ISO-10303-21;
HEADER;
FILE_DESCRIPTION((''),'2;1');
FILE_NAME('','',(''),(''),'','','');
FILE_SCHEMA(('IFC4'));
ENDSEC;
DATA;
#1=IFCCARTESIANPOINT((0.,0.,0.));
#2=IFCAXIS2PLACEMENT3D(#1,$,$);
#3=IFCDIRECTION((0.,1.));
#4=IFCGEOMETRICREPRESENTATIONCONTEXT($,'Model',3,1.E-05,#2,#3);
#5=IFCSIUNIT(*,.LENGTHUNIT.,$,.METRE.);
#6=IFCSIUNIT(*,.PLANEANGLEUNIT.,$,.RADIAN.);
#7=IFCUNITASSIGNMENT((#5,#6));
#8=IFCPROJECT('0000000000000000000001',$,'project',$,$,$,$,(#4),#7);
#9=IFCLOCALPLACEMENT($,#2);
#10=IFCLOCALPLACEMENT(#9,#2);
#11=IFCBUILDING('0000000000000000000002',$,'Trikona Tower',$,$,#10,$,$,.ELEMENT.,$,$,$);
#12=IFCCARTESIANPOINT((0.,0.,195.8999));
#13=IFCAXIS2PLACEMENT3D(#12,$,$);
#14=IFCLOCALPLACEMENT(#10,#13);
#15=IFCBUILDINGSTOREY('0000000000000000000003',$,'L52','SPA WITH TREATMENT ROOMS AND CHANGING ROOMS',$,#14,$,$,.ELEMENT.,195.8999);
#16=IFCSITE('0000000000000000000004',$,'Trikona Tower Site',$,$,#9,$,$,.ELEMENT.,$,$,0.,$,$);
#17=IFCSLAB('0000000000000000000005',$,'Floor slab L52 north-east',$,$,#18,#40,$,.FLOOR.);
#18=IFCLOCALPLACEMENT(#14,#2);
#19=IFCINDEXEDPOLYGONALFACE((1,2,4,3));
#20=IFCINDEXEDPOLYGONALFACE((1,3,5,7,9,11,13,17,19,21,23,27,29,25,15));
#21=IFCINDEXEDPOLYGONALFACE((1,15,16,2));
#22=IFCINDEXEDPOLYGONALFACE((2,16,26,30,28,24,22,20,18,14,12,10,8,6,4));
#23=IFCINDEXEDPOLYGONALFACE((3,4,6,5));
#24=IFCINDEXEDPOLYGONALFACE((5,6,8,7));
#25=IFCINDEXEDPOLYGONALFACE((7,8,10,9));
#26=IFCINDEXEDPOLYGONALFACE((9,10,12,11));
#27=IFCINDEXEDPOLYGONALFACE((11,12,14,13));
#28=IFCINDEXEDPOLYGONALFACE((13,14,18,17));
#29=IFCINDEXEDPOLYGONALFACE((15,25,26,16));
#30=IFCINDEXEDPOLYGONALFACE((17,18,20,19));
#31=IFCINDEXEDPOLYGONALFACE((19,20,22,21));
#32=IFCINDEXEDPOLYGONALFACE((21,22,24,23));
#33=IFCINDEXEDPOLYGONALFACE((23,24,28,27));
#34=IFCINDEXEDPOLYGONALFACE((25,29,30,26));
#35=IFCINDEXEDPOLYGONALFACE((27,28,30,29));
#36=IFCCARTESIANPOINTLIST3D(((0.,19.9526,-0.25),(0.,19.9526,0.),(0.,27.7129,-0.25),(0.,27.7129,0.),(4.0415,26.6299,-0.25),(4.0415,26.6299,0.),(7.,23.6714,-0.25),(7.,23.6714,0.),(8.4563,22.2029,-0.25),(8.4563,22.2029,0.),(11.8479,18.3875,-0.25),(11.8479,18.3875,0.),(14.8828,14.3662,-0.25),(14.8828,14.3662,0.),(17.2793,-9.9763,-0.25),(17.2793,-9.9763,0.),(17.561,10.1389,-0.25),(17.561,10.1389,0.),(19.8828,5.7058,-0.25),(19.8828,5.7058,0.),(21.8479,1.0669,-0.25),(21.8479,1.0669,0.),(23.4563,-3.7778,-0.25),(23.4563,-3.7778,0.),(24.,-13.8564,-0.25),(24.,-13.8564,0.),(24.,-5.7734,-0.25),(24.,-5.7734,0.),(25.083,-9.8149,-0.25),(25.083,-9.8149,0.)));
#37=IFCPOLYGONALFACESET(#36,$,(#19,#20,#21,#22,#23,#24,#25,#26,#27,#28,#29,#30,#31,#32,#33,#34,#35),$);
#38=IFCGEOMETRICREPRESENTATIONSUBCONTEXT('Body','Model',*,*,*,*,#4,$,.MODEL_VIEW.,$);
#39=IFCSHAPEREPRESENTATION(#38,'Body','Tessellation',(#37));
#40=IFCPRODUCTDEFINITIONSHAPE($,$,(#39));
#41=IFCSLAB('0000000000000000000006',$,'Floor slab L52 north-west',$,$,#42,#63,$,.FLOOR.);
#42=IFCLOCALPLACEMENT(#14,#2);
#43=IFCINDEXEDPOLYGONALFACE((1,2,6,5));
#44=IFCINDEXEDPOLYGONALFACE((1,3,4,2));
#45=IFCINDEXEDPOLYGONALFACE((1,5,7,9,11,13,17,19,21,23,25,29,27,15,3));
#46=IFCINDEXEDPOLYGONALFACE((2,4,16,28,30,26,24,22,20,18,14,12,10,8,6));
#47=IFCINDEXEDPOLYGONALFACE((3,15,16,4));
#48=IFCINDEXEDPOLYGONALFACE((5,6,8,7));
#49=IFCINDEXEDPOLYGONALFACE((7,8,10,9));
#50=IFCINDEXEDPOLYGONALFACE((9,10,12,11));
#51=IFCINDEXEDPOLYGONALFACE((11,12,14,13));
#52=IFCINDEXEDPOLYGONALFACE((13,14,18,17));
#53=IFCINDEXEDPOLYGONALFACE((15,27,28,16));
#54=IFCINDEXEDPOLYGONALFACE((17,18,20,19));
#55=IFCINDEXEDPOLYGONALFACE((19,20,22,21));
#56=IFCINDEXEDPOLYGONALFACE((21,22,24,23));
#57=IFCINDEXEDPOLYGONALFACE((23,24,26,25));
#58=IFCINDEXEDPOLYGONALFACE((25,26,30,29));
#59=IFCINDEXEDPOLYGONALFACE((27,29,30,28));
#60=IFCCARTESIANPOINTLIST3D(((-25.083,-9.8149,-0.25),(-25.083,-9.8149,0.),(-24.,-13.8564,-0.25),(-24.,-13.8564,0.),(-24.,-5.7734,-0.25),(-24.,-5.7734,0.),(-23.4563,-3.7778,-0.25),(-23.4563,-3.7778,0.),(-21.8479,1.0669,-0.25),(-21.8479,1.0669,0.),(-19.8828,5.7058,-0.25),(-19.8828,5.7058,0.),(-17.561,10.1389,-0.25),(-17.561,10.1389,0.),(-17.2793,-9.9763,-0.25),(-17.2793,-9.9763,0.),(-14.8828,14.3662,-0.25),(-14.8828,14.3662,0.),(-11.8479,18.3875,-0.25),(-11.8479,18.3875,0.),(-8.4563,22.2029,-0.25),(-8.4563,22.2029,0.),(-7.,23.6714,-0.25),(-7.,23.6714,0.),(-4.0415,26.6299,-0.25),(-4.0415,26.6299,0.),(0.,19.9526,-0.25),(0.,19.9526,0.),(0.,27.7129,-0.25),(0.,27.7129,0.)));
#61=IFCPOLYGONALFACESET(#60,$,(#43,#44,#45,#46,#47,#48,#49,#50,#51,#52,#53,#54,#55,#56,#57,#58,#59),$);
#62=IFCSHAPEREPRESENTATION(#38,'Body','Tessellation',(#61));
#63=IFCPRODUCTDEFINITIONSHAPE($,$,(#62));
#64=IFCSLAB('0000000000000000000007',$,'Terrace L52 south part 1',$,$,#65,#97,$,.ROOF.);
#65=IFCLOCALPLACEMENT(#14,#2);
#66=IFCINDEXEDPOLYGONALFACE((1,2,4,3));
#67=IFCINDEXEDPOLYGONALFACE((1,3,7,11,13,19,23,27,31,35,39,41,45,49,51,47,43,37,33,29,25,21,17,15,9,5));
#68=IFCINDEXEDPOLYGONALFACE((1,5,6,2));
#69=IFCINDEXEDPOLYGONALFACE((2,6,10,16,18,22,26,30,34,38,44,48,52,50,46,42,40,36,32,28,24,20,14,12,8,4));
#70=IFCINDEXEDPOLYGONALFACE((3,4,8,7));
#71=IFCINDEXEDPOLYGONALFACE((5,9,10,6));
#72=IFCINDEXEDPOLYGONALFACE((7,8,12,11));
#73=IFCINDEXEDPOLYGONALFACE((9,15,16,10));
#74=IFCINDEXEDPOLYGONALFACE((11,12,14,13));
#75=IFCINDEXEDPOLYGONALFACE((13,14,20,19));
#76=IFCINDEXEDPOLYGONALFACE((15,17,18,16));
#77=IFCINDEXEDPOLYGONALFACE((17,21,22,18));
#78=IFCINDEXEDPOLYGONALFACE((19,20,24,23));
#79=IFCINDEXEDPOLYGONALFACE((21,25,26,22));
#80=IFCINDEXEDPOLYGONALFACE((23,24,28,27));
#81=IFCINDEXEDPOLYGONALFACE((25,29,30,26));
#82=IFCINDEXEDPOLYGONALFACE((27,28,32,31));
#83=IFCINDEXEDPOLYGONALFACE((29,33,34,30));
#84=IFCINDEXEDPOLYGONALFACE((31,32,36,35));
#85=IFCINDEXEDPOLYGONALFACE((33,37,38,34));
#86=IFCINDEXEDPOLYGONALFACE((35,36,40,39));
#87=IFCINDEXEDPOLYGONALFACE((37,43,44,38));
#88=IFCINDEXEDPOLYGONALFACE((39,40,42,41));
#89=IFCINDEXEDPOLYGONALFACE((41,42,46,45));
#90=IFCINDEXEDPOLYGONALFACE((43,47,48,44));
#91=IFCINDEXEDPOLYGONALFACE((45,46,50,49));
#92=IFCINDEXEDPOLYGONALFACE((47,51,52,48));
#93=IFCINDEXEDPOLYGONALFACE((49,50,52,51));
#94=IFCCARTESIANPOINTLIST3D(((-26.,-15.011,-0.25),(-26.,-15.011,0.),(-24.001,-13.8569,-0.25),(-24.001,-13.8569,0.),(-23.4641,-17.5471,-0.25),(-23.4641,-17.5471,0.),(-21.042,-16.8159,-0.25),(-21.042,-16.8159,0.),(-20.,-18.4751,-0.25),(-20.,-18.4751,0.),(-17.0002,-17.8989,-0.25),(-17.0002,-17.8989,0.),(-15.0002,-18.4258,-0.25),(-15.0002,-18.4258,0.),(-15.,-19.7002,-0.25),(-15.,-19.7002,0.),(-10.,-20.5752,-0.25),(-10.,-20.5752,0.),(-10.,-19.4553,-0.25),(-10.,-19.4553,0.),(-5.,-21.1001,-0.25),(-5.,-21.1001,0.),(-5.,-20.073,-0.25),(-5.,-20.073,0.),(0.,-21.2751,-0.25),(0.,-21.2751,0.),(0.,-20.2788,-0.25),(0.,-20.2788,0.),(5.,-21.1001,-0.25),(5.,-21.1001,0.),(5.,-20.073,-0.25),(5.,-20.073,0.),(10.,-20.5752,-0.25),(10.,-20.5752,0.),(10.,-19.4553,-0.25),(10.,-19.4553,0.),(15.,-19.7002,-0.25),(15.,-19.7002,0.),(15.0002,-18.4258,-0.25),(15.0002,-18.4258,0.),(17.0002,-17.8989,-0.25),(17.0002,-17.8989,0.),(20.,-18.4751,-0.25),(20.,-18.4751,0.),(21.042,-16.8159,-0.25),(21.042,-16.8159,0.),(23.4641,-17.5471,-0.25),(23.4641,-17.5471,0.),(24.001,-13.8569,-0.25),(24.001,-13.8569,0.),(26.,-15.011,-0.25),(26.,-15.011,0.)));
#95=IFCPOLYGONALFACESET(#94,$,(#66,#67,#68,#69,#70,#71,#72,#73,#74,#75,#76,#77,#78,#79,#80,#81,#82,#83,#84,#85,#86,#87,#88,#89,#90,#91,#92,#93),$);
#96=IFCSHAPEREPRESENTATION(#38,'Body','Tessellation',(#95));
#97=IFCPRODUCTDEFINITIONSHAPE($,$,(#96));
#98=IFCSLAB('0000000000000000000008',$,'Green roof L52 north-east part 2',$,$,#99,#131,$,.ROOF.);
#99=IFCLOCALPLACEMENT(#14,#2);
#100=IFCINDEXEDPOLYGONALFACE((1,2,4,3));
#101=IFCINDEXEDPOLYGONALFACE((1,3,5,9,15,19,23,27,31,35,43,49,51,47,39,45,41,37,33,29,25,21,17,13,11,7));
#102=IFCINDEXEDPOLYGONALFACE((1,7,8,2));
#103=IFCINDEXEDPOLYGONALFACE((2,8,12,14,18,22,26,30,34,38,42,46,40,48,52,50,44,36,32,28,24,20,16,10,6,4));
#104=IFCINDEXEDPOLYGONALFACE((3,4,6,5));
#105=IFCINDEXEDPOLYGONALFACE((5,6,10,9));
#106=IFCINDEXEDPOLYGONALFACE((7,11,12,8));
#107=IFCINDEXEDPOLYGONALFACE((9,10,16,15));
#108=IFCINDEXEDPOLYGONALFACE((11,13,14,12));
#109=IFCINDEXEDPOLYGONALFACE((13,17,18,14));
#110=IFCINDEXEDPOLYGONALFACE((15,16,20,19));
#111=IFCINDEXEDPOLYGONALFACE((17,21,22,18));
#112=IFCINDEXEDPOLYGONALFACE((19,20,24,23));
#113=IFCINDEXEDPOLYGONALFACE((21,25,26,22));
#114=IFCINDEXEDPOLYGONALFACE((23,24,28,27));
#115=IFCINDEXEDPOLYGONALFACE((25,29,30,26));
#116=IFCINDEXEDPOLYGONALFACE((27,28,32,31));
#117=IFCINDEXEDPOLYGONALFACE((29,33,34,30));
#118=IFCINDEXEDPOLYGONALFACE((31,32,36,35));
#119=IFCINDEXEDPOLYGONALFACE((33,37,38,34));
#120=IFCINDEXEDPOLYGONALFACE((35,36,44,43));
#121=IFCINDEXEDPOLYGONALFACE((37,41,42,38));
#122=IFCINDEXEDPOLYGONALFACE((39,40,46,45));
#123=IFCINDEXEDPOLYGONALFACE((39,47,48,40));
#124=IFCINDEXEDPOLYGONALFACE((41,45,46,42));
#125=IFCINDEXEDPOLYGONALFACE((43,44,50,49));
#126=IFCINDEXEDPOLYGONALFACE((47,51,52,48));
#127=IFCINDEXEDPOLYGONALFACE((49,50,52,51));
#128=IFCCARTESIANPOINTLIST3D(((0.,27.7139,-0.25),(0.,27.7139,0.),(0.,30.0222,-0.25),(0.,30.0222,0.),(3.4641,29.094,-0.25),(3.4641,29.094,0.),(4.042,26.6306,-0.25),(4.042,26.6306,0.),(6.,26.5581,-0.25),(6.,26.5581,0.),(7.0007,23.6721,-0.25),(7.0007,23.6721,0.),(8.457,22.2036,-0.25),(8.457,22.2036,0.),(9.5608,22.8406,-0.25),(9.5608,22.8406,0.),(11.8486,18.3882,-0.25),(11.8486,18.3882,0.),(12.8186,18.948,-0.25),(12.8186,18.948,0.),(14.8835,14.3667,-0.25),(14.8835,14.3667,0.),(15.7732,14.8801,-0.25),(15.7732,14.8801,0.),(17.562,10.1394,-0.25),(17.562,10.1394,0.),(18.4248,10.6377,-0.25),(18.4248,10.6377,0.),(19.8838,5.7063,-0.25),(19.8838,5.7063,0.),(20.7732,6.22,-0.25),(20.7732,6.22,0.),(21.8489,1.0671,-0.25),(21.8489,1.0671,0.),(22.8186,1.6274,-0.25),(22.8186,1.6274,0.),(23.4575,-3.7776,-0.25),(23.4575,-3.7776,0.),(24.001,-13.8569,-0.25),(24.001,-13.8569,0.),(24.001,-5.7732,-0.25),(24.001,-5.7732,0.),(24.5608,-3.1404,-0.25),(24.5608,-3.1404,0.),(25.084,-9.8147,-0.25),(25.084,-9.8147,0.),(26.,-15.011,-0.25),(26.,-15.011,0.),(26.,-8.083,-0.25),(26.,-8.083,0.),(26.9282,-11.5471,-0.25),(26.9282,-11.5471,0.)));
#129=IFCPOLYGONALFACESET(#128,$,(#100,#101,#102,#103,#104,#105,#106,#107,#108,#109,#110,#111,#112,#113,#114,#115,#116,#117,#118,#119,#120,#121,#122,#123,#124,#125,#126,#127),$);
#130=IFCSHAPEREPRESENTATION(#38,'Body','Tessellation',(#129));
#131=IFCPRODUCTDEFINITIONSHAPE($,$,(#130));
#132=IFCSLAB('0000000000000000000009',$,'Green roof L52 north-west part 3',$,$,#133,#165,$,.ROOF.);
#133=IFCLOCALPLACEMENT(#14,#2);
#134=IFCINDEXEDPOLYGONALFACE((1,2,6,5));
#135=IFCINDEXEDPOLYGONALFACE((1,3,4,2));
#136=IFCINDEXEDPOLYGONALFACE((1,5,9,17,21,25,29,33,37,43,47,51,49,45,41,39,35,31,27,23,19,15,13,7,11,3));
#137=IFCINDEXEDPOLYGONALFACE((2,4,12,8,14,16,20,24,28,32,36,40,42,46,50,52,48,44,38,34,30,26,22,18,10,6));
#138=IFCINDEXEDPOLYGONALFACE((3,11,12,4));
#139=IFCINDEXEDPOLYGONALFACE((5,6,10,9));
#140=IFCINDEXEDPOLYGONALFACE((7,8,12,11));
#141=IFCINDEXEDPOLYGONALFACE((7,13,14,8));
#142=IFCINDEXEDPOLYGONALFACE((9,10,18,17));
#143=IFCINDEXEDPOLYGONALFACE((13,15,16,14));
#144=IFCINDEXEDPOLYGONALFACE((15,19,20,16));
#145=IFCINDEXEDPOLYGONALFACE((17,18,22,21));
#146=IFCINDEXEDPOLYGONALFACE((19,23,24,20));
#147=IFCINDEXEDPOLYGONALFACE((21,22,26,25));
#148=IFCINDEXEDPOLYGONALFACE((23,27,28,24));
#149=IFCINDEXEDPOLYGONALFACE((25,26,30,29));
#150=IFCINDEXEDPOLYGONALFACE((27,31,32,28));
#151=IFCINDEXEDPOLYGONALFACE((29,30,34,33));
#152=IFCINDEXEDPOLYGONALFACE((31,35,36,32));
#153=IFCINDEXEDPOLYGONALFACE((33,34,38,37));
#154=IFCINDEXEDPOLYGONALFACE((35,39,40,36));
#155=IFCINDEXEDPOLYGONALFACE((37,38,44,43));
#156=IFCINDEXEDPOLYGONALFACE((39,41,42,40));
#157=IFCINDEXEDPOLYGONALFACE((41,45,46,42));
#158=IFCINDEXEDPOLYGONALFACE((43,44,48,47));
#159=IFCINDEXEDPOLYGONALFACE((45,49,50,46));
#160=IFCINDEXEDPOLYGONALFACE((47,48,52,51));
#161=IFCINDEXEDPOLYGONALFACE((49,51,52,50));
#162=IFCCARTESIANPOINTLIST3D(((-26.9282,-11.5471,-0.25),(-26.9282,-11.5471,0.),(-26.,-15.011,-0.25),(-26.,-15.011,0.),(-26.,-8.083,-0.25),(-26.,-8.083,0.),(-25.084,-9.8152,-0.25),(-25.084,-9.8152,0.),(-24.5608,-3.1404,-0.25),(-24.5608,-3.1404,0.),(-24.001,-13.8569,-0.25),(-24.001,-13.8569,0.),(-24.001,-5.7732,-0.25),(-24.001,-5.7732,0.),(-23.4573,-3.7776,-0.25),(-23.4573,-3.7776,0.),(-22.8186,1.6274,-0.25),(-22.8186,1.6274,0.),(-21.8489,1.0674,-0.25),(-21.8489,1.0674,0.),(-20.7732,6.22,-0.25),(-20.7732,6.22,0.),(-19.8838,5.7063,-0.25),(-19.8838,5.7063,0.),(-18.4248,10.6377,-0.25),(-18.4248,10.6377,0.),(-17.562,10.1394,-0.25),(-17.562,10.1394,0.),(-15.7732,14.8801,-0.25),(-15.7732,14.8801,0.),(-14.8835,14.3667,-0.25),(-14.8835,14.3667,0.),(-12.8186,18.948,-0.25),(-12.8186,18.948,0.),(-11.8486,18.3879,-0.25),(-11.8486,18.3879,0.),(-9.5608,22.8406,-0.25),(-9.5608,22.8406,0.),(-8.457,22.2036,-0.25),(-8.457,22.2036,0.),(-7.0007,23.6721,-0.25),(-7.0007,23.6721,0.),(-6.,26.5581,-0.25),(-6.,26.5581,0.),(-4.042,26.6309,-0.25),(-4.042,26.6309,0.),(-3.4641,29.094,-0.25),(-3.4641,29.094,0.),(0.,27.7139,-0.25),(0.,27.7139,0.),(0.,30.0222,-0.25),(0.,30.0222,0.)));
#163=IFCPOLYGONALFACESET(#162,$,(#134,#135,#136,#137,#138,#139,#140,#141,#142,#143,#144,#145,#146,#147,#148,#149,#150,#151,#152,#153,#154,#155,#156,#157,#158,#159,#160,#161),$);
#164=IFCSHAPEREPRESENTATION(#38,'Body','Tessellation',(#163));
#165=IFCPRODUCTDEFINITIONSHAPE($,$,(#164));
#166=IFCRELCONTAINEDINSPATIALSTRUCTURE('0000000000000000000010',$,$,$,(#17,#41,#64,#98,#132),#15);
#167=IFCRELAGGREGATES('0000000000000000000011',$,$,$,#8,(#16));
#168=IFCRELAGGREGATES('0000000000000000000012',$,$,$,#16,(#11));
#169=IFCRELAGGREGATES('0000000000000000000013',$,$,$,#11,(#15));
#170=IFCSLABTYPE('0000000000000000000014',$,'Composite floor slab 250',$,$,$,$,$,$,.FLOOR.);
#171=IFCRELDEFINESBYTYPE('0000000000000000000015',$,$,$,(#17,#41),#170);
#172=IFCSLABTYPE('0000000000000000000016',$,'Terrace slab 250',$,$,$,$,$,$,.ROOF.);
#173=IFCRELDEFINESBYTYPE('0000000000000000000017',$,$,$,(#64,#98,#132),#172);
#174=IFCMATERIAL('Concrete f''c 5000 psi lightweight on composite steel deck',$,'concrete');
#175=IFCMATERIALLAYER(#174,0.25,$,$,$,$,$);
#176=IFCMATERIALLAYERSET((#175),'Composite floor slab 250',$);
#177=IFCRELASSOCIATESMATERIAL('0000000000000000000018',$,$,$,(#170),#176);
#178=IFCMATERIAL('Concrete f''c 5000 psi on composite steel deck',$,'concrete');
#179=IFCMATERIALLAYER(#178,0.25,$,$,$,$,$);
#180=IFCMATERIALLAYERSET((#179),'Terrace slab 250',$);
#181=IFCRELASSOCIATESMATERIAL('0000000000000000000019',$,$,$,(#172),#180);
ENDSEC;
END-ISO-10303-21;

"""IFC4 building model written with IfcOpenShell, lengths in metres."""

from ifc_helpers import new_model, si_unit, direction, frame, origin, place, context, subcontext, project, spatial, polyline, outline, extrude, material, layer, layer_set, type_object, element, save


model = new_model("IFC4")

# Units and contexts
model_context = context("Model", 3, precision=1e-05, world=origin(), true_north=direction((0.0, 1.0)))
body_context = subcontext(model_context, "Body", "Model", "MODEL_VIEW")
ifc_project = project(units=[si_unit("LENGTHUNIT", "METRE"), si_unit("PLANEANGLEUNIT", "RADIAN")], contexts=[model_context])

# Site, building, storey
site_placement = place(None, origin())
site = spatial("IfcSite", under=ifc_project, at=site_placement, Name="Trikona Tower Site", CompositionType="ELEMENT", RefElevation=0.0)
building_placement = place(site_placement, origin())
building = spatial("IfcBuilding", under=site, at=building_placement, Name="Trikona Tower", CompositionType="ELEMENT")
storey_placement = place(building_placement, frame((0.0, 0.0, 195.8999)))
storey = spatial("IfcBuildingStorey", under=building, at=storey_placement, Name="L52", Description="SPA WITH TREATMENT ROOMS AND CHANGING ROOMS", CompositionType="ELEMENT", Elevation=195.8999)

# Slabs
ifc_material_1 = material(Name="Concrete f'c 5000 psi lightweight on composite steel deck", Category="concrete")
ifc_layer_1 = layer(ifc_material_1, 0.25)
ifc_layer_set_1 = layer_set([ifc_layer_1], Name="Composite floor slab 250")
slab_type_1 = type_object("IfcSlabType", Name="Composite floor slab 250", PredefinedType="FLOOR", material=ifc_layer_set_1)
slab_1_placement = place(storey_placement, frame((0.0, 0.0, -0.25)))
element("IfcSlab", 1, at=slab_1_placement, inside=storey, type_object=slab_type_1, Name="Floor slab L52 north-east", PredefinedType="FLOOR", context=body_context, shape_type="SweptSolid", body=[
    extrude(outline(polyline([(4.0415, 26.6299), (0.0, 27.7129), (0.0, 19.9526), (17.2793, -9.9763), (24.0, -13.8564), (25.083, -9.8149), (24.0, -5.7734), (23.4563, -3.7778), (21.8479, 1.0669), (19.8828, 5.7058), (17.561, 10.1389), (14.8828, 14.3662), (11.8479, 18.3875), (8.4563, 22.2029), (7.0, 23.6714), (4.0415, 26.6299)])), origin(), (0.0, 0.0, 1.0), 0.25),
])
slab_2_placement = place(storey_placement, frame((0.0, 0.0, -0.25)))
element("IfcSlab", 2, at=slab_2_placement, inside=storey, type_object=slab_type_1, Name="Floor slab L52 north-west", PredefinedType="FLOOR", context=body_context, shape_type="SweptSolid", body=[
    extrude(outline(polyline([(0.0, 19.9526), (0.0, 27.7129), (-4.0415, 26.6299), (-7.0, 23.6714), (-8.4563, 22.2029), (-11.8479, 18.3875), (-14.8828, 14.3662), (-17.561, 10.1389), (-19.8828, 5.7058), (-21.8479, 1.0669), (-23.4563, -3.7778), (-24.0, -5.7734), (-25.083, -9.8149), (-24.0, -13.8564), (-17.2793, -9.9763), (0.0, 19.9526)])), origin(), (0.0, 0.0, 1.0), 0.25),
])
ifc_material_2 = material(Name="Concrete f'c 5000 psi on composite steel deck", Category="concrete")
ifc_layer_2 = layer(ifc_material_2, 0.25)
ifc_layer_set_2 = layer_set([ifc_layer_2], Name="Terrace slab 250")
slab_type_2 = type_object("IfcSlabType", Name="Terrace slab 250", PredefinedType="ROOF", material=ifc_layer_set_2)
slab_3_placement = place(storey_placement, frame((0.0, 0.0, -0.25)))
element("IfcSlab", 3, at=slab_3_placement, inside=storey, type_object=slab_type_2, Name="Terrace L52 south part 1", PredefinedType="ROOF", context=body_context, shape_type="SweptSolid", body=[
    extrude(outline(polyline([(-26.0, -15.011), (-23.4641, -17.5471), (-20.0, -18.4751), (-15.0, -19.7002), (-10.0, -20.5752), (-5.0, -21.1001), (0.0, -21.2751), (5.0, -21.1001), (10.0, -20.5752), (15.0, -19.7002), (20.0, -18.4751), (23.4641, -17.5471), (26.0, -15.011), (24.001, -13.8569), (21.042, -16.8159), (17.0002, -17.8989), (15.0002, -18.4258), (10.0, -19.4553), (5.0, -20.073), (0.0, -20.2788), (-5.0, -20.073), (-10.0, -19.4553), (-15.0002, -18.4258), (-17.0002, -17.8989), (-21.042, -16.8159), (-24.001, -13.8569), (-26.0, -15.011)])), origin(), (0.0, 0.0, 1.0), 0.25),
])
slab_4_placement = place(storey_placement, frame((0.0, 0.0, -0.25)))
element("IfcSlab", 4, at=slab_4_placement, inside=storey, type_object=slab_type_2, Name="Green roof L52 north-east part 2", PredefinedType="ROOF", context=body_context, shape_type="SweptSolid", body=[
    extrude(outline(polyline([(3.4641, 29.094), (0.0, 30.0222), (0.0, 27.7139), (4.042, 26.6306), (7.0007, 23.6721), (8.457, 22.2036), (11.8486, 18.3882), (14.8835, 14.3667), (17.562, 10.1394), (19.8838, 5.7063), (21.8489, 1.0671), (23.4575, -3.7776), (24.001, -5.7732), (25.084, -9.8147), (24.001, -13.8569), (26.0, -15.011), (26.9282, -11.5471), (26.0, -8.083), (24.5608, -3.1404), (22.8186, 1.6274), (20.7732, 6.22), (18.4248, 10.6377), (15.7732, 14.8801), (12.8186, 18.948), (9.5608, 22.8406), (6.0, 26.5581), (3.4641, 29.094)])), origin(), (0.0, 0.0, 1.0), 0.25),
])
slab_5_placement = place(storey_placement, frame((0.0, 0.0, -0.25)))
element("IfcSlab", 5, at=slab_5_placement, inside=storey, type_object=slab_type_2, Name="Green roof L52 north-west part 3", PredefinedType="ROOF", context=body_context, shape_type="SweptSolid", body=[
    extrude(outline(polyline([(-26.0, -15.011), (-24.001, -13.8569), (-25.084, -9.8152), (-24.001, -5.7732), (-23.4573, -3.7776), (-21.8489, 1.0674), (-19.8838, 5.7063), (-17.562, 10.1394), (-14.8835, 14.3667), (-11.8486, 18.3879), (-8.457, 22.2036), (-7.0007, 23.6721), (-4.042, 26.6309), (0.0, 27.7139), (0.0, 30.0222), (-3.4641, 29.094), (-6.0, 26.5581), (-9.5608, 22.8406), (-12.8186, 18.948), (-15.7732, 14.8801), (-18.4248, 10.6377), (-20.7732, 6.22), (-22.8186, 1.6274), (-24.5608, -3.1404), (-26.0, -8.083), (-26.9282, -11.5471), (-26.0, -15.011)])), origin(), (0.0, 0.0, 1.0), 0.25),
])

save(model, "model.ifc")
